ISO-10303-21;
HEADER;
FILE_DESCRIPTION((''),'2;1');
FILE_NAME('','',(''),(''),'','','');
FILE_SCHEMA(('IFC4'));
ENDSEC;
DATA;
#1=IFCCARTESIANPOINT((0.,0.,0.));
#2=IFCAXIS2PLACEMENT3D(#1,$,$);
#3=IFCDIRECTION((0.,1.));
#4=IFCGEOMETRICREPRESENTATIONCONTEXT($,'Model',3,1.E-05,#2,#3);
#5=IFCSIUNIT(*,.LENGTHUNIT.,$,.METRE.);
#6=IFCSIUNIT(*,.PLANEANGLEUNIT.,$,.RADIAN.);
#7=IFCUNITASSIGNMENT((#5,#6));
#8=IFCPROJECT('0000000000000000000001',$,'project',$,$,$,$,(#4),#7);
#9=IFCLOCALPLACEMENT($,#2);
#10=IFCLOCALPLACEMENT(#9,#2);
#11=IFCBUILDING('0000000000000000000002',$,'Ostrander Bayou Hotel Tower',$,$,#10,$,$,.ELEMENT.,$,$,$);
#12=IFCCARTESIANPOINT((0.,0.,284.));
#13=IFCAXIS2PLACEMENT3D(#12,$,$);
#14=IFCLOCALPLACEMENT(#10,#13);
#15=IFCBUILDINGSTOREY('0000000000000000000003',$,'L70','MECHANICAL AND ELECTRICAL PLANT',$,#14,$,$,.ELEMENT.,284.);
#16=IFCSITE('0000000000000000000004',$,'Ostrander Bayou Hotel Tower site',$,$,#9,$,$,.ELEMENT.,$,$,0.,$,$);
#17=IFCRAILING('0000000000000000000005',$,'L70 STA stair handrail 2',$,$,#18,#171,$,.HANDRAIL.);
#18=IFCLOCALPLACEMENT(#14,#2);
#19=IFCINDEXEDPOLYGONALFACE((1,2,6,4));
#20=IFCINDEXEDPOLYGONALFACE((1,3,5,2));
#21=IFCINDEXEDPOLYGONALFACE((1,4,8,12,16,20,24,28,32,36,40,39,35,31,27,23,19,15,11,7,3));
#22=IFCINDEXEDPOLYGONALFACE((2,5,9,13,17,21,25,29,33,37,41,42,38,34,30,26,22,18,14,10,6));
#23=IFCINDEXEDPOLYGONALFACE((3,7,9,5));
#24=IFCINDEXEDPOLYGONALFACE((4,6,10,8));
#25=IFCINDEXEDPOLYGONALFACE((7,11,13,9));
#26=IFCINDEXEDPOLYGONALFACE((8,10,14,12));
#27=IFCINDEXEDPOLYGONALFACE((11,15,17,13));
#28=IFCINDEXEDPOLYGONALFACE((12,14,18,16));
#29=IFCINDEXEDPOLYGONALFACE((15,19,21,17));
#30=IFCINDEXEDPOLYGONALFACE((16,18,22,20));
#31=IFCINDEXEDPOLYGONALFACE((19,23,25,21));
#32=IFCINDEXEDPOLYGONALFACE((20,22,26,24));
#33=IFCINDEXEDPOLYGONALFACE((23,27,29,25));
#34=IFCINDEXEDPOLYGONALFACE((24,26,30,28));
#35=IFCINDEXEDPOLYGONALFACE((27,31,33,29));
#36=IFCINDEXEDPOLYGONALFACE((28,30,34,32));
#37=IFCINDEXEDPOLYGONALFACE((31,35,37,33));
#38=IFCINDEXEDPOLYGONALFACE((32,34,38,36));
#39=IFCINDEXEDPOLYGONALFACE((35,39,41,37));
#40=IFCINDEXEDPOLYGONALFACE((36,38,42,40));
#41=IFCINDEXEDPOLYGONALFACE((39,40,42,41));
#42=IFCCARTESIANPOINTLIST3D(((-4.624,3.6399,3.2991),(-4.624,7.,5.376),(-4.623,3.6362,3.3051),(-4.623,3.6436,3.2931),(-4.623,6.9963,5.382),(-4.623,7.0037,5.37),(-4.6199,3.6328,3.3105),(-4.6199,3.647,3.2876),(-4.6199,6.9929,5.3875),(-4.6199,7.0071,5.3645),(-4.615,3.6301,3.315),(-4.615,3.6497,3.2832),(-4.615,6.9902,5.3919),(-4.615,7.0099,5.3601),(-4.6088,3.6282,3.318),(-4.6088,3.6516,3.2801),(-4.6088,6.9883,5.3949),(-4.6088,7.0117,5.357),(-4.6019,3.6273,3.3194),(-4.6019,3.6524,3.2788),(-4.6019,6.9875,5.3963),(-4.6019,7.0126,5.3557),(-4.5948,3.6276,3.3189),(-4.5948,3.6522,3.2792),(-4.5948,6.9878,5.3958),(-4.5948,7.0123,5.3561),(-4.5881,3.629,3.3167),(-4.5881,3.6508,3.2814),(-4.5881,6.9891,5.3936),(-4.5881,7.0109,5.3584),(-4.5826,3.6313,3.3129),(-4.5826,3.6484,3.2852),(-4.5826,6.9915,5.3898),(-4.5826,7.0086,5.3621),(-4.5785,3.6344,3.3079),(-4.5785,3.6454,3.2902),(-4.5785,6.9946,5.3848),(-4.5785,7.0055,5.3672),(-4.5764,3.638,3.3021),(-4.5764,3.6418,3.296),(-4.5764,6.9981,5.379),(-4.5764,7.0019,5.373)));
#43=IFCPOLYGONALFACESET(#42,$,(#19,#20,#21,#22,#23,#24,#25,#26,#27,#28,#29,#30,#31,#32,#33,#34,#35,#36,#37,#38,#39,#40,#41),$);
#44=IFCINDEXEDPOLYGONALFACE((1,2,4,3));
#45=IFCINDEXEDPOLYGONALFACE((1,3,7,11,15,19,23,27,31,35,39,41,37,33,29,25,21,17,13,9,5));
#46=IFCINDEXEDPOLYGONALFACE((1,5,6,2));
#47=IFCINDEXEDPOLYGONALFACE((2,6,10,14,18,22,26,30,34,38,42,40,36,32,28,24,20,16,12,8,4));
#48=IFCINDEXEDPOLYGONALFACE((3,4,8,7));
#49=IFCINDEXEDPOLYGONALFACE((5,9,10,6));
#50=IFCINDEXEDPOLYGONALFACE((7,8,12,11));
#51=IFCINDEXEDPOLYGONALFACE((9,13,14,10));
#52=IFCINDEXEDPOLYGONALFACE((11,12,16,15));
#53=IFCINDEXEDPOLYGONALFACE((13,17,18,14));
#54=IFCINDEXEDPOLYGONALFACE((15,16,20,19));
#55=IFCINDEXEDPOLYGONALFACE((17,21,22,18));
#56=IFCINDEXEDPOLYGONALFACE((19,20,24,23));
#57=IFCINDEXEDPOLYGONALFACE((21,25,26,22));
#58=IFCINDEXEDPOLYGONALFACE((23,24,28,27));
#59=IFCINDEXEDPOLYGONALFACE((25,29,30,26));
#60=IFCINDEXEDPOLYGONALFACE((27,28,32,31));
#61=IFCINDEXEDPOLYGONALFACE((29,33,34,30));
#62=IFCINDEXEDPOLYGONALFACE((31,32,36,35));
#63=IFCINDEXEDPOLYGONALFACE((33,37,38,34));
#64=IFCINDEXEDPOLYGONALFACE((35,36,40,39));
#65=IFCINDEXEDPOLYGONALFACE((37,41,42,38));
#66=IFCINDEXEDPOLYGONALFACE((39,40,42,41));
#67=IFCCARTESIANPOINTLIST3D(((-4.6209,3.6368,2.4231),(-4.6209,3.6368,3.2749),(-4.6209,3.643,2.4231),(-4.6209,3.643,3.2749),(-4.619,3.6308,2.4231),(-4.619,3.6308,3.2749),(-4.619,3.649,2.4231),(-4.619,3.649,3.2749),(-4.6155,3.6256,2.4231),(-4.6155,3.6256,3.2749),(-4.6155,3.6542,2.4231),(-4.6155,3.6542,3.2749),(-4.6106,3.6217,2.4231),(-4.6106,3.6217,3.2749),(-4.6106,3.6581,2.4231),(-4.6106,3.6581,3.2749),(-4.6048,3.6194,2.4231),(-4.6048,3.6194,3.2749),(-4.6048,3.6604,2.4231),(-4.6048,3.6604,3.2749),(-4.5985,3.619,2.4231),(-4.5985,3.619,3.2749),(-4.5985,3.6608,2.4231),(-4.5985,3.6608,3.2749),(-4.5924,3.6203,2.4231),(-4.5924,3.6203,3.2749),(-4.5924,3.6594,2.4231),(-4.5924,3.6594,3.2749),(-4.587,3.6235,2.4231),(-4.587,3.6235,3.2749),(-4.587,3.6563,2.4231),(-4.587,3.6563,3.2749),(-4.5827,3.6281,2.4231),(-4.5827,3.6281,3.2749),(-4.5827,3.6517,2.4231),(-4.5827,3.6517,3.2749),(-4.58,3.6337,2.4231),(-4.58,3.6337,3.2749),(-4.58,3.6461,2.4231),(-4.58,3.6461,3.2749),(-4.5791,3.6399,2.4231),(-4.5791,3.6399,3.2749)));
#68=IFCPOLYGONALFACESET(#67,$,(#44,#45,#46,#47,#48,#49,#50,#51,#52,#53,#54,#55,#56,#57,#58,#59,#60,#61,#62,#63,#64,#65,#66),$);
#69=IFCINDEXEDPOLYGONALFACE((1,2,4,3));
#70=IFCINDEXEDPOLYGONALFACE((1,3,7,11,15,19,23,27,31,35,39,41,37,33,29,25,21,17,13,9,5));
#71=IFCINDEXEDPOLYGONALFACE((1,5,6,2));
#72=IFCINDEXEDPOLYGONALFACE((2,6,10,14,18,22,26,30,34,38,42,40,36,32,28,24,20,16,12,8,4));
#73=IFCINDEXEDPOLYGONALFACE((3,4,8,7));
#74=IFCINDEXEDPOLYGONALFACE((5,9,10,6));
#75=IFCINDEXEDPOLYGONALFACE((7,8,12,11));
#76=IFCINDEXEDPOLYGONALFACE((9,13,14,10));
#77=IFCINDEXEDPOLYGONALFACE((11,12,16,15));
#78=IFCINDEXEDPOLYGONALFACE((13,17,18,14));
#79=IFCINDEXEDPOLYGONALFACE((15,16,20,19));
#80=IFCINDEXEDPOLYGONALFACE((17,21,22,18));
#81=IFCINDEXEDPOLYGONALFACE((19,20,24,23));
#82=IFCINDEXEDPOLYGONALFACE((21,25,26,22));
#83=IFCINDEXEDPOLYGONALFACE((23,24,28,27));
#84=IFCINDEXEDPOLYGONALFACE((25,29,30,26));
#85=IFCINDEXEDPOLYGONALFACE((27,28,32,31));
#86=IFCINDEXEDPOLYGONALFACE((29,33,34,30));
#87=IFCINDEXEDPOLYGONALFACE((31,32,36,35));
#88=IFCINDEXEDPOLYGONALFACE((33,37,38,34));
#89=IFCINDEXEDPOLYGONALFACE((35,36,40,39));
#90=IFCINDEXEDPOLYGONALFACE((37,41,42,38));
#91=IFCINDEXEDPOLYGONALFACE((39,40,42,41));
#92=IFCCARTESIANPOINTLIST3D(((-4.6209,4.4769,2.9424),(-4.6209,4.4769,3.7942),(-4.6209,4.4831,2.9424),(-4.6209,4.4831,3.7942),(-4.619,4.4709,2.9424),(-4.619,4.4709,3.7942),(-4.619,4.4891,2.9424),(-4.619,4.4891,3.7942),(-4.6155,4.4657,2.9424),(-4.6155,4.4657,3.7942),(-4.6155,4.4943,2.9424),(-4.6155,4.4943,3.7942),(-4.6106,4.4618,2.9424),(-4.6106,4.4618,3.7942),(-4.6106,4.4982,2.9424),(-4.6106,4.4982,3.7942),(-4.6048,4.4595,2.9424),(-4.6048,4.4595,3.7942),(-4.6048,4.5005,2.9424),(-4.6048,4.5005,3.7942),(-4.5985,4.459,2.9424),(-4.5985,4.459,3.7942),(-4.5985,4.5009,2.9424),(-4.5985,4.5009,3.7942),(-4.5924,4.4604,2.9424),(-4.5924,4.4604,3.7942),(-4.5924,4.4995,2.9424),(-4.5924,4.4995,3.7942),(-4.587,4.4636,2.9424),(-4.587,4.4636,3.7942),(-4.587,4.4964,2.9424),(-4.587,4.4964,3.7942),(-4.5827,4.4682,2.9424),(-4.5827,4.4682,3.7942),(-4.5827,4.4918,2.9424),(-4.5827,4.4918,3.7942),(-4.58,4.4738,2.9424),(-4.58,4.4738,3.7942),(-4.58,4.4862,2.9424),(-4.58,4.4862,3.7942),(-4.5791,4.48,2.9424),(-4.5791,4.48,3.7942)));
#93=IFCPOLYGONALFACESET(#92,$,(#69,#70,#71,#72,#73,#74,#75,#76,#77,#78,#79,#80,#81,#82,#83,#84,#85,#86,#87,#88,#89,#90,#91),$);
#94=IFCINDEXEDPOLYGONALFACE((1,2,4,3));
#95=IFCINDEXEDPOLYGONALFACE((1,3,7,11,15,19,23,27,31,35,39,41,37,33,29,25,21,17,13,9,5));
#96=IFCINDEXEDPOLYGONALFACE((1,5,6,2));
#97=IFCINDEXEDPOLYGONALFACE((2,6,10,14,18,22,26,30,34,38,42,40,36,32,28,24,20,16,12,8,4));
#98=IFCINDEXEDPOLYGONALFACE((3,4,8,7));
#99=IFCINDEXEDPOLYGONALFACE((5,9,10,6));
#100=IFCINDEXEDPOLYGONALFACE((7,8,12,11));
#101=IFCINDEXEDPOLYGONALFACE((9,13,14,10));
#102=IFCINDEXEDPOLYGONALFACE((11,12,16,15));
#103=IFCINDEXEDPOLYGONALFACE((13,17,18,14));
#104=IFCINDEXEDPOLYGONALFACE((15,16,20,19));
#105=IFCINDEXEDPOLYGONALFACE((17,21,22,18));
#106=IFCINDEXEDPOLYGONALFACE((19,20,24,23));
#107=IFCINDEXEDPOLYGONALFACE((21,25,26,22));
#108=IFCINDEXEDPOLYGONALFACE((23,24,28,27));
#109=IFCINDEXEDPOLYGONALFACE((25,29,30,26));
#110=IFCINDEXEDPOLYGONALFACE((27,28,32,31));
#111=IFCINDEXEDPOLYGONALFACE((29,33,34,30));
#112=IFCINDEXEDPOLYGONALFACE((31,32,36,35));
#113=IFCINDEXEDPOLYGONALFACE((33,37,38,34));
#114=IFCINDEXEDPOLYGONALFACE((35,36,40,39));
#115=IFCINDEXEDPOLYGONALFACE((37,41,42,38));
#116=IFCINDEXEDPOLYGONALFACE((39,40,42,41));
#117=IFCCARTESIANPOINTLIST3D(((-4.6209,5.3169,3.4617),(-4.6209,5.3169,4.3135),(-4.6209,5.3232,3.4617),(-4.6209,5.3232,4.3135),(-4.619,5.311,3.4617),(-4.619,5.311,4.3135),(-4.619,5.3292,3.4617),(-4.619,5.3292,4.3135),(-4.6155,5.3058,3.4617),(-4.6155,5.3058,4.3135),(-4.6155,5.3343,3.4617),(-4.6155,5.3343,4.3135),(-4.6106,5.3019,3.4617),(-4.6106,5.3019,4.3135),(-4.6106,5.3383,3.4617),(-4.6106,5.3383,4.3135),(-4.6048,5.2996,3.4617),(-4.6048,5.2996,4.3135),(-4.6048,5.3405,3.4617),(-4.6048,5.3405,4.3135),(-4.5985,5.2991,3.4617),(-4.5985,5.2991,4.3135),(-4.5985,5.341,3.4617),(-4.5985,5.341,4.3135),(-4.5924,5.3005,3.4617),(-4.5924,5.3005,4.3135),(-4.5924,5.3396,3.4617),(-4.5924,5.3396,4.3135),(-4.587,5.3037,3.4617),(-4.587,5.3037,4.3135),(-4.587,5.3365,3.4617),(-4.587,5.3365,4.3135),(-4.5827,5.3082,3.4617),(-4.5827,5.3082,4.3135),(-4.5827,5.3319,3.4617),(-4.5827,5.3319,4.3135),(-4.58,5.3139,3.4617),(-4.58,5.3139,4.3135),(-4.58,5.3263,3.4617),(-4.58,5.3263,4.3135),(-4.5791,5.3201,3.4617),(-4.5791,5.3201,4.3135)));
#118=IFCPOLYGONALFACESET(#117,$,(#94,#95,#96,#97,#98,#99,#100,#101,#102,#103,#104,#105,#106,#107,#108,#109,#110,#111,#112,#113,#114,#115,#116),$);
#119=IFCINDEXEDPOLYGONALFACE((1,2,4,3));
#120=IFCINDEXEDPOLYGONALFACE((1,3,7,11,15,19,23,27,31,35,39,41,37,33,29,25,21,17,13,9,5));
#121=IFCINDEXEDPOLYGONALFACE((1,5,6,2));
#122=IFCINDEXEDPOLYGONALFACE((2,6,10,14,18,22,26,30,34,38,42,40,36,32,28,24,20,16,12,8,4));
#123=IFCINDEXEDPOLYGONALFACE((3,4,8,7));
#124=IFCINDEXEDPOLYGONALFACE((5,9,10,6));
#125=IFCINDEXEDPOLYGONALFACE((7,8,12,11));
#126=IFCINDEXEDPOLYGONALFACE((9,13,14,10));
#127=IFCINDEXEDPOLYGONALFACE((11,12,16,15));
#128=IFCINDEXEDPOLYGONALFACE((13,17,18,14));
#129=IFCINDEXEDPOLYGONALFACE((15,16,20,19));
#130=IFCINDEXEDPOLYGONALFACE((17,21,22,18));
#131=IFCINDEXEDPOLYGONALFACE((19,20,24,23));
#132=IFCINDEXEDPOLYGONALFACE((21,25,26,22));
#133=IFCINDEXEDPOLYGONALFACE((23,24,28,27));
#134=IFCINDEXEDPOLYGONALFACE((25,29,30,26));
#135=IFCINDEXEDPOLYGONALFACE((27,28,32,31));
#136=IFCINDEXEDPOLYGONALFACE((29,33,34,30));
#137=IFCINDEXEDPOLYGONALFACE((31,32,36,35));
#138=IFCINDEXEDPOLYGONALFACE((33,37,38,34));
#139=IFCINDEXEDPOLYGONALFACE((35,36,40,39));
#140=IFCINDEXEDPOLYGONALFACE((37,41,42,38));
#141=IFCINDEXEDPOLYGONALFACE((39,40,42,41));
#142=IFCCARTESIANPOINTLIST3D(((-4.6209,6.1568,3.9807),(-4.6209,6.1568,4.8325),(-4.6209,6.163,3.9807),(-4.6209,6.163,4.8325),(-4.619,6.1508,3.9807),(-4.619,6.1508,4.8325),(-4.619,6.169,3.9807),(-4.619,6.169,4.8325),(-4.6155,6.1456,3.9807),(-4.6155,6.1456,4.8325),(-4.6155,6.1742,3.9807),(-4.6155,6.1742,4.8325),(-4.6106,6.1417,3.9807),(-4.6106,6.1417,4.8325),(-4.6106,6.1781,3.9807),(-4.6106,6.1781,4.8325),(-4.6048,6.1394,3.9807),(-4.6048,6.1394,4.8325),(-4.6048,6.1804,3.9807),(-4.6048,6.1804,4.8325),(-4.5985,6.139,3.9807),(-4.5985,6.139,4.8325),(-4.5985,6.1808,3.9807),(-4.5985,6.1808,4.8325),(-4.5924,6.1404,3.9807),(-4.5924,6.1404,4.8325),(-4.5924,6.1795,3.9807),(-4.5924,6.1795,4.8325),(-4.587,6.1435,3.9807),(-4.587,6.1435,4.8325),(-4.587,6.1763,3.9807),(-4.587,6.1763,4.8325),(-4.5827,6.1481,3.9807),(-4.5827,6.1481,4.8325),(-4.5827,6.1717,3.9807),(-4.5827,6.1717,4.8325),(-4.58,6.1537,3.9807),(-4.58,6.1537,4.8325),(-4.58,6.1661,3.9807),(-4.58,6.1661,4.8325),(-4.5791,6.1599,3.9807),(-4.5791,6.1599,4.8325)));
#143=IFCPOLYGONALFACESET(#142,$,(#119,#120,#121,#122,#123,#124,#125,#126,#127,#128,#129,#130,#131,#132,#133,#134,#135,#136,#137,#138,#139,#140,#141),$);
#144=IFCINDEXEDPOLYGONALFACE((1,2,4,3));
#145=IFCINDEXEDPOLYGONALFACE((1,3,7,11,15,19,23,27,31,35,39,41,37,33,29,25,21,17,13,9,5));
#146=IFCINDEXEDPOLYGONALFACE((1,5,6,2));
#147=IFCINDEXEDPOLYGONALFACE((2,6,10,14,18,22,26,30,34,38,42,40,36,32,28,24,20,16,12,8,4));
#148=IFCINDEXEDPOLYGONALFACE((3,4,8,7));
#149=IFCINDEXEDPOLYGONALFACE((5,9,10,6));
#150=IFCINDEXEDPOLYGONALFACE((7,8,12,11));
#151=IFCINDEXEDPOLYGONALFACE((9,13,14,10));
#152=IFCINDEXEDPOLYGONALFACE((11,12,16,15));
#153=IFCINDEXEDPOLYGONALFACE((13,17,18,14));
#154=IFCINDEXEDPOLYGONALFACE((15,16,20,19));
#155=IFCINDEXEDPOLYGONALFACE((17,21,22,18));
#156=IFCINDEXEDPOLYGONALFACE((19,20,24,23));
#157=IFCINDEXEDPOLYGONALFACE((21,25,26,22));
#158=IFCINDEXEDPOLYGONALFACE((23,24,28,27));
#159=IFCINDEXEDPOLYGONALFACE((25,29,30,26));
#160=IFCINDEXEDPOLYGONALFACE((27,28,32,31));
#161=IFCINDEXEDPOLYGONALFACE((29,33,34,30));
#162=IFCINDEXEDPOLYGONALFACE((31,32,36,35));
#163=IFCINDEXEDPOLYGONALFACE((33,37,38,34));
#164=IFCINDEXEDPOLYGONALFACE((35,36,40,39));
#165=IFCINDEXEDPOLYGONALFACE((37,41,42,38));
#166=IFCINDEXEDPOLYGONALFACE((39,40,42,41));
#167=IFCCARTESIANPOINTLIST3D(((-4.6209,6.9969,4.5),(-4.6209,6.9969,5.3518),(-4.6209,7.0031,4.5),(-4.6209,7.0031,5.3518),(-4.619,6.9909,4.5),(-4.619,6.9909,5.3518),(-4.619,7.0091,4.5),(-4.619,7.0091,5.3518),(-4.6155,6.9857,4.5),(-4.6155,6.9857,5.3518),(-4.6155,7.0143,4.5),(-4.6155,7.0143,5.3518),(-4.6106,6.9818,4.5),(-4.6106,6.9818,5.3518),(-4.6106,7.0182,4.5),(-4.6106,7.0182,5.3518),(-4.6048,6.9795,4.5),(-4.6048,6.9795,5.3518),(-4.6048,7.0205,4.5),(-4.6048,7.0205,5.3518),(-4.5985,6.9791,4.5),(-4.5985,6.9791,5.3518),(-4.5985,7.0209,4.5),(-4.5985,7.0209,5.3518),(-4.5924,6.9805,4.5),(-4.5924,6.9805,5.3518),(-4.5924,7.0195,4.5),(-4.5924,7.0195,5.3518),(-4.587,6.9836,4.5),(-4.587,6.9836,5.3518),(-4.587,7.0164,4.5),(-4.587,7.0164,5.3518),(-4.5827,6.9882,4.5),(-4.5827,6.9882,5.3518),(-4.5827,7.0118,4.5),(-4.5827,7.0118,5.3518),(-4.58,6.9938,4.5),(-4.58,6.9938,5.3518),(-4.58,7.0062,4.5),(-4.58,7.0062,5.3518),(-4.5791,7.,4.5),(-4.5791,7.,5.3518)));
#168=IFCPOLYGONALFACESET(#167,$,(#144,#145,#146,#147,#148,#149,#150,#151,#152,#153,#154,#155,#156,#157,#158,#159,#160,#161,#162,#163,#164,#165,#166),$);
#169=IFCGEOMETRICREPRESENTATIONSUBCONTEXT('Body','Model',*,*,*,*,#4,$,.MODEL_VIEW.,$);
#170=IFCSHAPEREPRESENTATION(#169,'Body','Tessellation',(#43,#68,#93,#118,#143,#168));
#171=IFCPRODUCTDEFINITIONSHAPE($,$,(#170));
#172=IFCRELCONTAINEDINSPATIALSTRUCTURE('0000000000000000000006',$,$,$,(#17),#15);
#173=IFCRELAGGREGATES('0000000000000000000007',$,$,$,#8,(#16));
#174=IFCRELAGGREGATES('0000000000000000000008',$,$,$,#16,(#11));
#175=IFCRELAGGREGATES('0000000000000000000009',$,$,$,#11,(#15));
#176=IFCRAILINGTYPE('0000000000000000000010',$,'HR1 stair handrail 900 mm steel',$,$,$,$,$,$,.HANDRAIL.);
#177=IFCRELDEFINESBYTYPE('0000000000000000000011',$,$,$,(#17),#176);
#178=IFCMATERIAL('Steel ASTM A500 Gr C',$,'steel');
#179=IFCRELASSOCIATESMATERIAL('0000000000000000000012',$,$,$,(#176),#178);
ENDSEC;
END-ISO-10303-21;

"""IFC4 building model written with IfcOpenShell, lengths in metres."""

from ifc_helpers import new_model, si_unit, direction, frame, origin, origin_2d, place, context, subcontext, project, spatial, circle, extrude, material, type_object, element, save


model = new_model("IFC4")

# Units and contexts
model_context = context("Model", 3, precision=1e-05, world=origin(), true_north=direction((0.0, 1.0)))
body_context = subcontext(model_context, "Body", "Model", "MODEL_VIEW")
ifc_project = project(units=[si_unit("LENGTHUNIT", "METRE"), si_unit("PLANEANGLEUNIT", "RADIAN")], contexts=[model_context])

# Site, building, storey
site_placement = place(None, origin())
site = spatial("IfcSite", under=ifc_project, at=site_placement, Name="Ostrander Bayou Hotel Tower site", CompositionType="ELEMENT", RefElevation=0.0)
building_placement = place(site_placement, origin())
building = spatial("IfcBuilding", under=site, at=building_placement, Name="Ostrander Bayou Hotel Tower", CompositionType="ELEMENT")
storey_placement = place(building_placement, frame((0.0, 0.0, 284.0)))
storey = spatial("IfcBuildingStorey", under=building, at=storey_placement, Name="L70", Description="MECHANICAL AND ELECTRICAL PLANT", CompositionType="ELEMENT", Elevation=284.0)

# Railing
ifc_material_1 = material(Name="Steel ASTM A500 Gr C", Category="steel")
railing_type_1 = type_object("IfcRailingType", Name="HR1 stair handrail 900 mm steel", PredefinedType="HANDRAIL", material=ifc_material_1)
railing_1_placement = place(storey_placement, frame((-4.6001, 3.6399, 2.4231)))
element("IfcRailing", 1, at=railing_1_placement, inside=storey, type_object=railing_type_1, Name="L70 STA stair handrail 2", PredefinedType="HANDRAIL", context=body_context, shape_type="SweptSolid", body=[
    extrude(circle(Radius=0.0239, at=origin_2d()), frame((0.0, 0.0, 0.876), z_axis=(0.0, 0.850623, 0.525776), x_axis=(-1.0, 0.0, 0.0)), (0.0, 0.0, 1.0), 3.9502),
    extrude(circle(Radius=0.021, at=origin_2d()), origin(), (0.0, 0.0, 1.0), 0.8518),
    extrude(circle(Radius=0.021, at=origin_2d()), frame((0.0, 0.8401, 0.5193)), (0.0, 0.0, 1.0), 0.8518),
    extrude(circle(Radius=0.021, at=origin_2d()), frame((0.0, 1.6802, 1.0386)), (0.0, 0.0, 1.0), 0.8518),
    extrude(circle(Radius=0.021, at=origin_2d()), frame((0.0, 2.52, 1.5576)), (0.0, 0.0, 1.0), 0.8518),
    extrude(circle(Radius=0.021, at=origin_2d()), frame((0.0, 3.3601, 2.0769)), (0.0, 0.0, 1.0), 0.8518),
])

save(model, "model.ifc")
